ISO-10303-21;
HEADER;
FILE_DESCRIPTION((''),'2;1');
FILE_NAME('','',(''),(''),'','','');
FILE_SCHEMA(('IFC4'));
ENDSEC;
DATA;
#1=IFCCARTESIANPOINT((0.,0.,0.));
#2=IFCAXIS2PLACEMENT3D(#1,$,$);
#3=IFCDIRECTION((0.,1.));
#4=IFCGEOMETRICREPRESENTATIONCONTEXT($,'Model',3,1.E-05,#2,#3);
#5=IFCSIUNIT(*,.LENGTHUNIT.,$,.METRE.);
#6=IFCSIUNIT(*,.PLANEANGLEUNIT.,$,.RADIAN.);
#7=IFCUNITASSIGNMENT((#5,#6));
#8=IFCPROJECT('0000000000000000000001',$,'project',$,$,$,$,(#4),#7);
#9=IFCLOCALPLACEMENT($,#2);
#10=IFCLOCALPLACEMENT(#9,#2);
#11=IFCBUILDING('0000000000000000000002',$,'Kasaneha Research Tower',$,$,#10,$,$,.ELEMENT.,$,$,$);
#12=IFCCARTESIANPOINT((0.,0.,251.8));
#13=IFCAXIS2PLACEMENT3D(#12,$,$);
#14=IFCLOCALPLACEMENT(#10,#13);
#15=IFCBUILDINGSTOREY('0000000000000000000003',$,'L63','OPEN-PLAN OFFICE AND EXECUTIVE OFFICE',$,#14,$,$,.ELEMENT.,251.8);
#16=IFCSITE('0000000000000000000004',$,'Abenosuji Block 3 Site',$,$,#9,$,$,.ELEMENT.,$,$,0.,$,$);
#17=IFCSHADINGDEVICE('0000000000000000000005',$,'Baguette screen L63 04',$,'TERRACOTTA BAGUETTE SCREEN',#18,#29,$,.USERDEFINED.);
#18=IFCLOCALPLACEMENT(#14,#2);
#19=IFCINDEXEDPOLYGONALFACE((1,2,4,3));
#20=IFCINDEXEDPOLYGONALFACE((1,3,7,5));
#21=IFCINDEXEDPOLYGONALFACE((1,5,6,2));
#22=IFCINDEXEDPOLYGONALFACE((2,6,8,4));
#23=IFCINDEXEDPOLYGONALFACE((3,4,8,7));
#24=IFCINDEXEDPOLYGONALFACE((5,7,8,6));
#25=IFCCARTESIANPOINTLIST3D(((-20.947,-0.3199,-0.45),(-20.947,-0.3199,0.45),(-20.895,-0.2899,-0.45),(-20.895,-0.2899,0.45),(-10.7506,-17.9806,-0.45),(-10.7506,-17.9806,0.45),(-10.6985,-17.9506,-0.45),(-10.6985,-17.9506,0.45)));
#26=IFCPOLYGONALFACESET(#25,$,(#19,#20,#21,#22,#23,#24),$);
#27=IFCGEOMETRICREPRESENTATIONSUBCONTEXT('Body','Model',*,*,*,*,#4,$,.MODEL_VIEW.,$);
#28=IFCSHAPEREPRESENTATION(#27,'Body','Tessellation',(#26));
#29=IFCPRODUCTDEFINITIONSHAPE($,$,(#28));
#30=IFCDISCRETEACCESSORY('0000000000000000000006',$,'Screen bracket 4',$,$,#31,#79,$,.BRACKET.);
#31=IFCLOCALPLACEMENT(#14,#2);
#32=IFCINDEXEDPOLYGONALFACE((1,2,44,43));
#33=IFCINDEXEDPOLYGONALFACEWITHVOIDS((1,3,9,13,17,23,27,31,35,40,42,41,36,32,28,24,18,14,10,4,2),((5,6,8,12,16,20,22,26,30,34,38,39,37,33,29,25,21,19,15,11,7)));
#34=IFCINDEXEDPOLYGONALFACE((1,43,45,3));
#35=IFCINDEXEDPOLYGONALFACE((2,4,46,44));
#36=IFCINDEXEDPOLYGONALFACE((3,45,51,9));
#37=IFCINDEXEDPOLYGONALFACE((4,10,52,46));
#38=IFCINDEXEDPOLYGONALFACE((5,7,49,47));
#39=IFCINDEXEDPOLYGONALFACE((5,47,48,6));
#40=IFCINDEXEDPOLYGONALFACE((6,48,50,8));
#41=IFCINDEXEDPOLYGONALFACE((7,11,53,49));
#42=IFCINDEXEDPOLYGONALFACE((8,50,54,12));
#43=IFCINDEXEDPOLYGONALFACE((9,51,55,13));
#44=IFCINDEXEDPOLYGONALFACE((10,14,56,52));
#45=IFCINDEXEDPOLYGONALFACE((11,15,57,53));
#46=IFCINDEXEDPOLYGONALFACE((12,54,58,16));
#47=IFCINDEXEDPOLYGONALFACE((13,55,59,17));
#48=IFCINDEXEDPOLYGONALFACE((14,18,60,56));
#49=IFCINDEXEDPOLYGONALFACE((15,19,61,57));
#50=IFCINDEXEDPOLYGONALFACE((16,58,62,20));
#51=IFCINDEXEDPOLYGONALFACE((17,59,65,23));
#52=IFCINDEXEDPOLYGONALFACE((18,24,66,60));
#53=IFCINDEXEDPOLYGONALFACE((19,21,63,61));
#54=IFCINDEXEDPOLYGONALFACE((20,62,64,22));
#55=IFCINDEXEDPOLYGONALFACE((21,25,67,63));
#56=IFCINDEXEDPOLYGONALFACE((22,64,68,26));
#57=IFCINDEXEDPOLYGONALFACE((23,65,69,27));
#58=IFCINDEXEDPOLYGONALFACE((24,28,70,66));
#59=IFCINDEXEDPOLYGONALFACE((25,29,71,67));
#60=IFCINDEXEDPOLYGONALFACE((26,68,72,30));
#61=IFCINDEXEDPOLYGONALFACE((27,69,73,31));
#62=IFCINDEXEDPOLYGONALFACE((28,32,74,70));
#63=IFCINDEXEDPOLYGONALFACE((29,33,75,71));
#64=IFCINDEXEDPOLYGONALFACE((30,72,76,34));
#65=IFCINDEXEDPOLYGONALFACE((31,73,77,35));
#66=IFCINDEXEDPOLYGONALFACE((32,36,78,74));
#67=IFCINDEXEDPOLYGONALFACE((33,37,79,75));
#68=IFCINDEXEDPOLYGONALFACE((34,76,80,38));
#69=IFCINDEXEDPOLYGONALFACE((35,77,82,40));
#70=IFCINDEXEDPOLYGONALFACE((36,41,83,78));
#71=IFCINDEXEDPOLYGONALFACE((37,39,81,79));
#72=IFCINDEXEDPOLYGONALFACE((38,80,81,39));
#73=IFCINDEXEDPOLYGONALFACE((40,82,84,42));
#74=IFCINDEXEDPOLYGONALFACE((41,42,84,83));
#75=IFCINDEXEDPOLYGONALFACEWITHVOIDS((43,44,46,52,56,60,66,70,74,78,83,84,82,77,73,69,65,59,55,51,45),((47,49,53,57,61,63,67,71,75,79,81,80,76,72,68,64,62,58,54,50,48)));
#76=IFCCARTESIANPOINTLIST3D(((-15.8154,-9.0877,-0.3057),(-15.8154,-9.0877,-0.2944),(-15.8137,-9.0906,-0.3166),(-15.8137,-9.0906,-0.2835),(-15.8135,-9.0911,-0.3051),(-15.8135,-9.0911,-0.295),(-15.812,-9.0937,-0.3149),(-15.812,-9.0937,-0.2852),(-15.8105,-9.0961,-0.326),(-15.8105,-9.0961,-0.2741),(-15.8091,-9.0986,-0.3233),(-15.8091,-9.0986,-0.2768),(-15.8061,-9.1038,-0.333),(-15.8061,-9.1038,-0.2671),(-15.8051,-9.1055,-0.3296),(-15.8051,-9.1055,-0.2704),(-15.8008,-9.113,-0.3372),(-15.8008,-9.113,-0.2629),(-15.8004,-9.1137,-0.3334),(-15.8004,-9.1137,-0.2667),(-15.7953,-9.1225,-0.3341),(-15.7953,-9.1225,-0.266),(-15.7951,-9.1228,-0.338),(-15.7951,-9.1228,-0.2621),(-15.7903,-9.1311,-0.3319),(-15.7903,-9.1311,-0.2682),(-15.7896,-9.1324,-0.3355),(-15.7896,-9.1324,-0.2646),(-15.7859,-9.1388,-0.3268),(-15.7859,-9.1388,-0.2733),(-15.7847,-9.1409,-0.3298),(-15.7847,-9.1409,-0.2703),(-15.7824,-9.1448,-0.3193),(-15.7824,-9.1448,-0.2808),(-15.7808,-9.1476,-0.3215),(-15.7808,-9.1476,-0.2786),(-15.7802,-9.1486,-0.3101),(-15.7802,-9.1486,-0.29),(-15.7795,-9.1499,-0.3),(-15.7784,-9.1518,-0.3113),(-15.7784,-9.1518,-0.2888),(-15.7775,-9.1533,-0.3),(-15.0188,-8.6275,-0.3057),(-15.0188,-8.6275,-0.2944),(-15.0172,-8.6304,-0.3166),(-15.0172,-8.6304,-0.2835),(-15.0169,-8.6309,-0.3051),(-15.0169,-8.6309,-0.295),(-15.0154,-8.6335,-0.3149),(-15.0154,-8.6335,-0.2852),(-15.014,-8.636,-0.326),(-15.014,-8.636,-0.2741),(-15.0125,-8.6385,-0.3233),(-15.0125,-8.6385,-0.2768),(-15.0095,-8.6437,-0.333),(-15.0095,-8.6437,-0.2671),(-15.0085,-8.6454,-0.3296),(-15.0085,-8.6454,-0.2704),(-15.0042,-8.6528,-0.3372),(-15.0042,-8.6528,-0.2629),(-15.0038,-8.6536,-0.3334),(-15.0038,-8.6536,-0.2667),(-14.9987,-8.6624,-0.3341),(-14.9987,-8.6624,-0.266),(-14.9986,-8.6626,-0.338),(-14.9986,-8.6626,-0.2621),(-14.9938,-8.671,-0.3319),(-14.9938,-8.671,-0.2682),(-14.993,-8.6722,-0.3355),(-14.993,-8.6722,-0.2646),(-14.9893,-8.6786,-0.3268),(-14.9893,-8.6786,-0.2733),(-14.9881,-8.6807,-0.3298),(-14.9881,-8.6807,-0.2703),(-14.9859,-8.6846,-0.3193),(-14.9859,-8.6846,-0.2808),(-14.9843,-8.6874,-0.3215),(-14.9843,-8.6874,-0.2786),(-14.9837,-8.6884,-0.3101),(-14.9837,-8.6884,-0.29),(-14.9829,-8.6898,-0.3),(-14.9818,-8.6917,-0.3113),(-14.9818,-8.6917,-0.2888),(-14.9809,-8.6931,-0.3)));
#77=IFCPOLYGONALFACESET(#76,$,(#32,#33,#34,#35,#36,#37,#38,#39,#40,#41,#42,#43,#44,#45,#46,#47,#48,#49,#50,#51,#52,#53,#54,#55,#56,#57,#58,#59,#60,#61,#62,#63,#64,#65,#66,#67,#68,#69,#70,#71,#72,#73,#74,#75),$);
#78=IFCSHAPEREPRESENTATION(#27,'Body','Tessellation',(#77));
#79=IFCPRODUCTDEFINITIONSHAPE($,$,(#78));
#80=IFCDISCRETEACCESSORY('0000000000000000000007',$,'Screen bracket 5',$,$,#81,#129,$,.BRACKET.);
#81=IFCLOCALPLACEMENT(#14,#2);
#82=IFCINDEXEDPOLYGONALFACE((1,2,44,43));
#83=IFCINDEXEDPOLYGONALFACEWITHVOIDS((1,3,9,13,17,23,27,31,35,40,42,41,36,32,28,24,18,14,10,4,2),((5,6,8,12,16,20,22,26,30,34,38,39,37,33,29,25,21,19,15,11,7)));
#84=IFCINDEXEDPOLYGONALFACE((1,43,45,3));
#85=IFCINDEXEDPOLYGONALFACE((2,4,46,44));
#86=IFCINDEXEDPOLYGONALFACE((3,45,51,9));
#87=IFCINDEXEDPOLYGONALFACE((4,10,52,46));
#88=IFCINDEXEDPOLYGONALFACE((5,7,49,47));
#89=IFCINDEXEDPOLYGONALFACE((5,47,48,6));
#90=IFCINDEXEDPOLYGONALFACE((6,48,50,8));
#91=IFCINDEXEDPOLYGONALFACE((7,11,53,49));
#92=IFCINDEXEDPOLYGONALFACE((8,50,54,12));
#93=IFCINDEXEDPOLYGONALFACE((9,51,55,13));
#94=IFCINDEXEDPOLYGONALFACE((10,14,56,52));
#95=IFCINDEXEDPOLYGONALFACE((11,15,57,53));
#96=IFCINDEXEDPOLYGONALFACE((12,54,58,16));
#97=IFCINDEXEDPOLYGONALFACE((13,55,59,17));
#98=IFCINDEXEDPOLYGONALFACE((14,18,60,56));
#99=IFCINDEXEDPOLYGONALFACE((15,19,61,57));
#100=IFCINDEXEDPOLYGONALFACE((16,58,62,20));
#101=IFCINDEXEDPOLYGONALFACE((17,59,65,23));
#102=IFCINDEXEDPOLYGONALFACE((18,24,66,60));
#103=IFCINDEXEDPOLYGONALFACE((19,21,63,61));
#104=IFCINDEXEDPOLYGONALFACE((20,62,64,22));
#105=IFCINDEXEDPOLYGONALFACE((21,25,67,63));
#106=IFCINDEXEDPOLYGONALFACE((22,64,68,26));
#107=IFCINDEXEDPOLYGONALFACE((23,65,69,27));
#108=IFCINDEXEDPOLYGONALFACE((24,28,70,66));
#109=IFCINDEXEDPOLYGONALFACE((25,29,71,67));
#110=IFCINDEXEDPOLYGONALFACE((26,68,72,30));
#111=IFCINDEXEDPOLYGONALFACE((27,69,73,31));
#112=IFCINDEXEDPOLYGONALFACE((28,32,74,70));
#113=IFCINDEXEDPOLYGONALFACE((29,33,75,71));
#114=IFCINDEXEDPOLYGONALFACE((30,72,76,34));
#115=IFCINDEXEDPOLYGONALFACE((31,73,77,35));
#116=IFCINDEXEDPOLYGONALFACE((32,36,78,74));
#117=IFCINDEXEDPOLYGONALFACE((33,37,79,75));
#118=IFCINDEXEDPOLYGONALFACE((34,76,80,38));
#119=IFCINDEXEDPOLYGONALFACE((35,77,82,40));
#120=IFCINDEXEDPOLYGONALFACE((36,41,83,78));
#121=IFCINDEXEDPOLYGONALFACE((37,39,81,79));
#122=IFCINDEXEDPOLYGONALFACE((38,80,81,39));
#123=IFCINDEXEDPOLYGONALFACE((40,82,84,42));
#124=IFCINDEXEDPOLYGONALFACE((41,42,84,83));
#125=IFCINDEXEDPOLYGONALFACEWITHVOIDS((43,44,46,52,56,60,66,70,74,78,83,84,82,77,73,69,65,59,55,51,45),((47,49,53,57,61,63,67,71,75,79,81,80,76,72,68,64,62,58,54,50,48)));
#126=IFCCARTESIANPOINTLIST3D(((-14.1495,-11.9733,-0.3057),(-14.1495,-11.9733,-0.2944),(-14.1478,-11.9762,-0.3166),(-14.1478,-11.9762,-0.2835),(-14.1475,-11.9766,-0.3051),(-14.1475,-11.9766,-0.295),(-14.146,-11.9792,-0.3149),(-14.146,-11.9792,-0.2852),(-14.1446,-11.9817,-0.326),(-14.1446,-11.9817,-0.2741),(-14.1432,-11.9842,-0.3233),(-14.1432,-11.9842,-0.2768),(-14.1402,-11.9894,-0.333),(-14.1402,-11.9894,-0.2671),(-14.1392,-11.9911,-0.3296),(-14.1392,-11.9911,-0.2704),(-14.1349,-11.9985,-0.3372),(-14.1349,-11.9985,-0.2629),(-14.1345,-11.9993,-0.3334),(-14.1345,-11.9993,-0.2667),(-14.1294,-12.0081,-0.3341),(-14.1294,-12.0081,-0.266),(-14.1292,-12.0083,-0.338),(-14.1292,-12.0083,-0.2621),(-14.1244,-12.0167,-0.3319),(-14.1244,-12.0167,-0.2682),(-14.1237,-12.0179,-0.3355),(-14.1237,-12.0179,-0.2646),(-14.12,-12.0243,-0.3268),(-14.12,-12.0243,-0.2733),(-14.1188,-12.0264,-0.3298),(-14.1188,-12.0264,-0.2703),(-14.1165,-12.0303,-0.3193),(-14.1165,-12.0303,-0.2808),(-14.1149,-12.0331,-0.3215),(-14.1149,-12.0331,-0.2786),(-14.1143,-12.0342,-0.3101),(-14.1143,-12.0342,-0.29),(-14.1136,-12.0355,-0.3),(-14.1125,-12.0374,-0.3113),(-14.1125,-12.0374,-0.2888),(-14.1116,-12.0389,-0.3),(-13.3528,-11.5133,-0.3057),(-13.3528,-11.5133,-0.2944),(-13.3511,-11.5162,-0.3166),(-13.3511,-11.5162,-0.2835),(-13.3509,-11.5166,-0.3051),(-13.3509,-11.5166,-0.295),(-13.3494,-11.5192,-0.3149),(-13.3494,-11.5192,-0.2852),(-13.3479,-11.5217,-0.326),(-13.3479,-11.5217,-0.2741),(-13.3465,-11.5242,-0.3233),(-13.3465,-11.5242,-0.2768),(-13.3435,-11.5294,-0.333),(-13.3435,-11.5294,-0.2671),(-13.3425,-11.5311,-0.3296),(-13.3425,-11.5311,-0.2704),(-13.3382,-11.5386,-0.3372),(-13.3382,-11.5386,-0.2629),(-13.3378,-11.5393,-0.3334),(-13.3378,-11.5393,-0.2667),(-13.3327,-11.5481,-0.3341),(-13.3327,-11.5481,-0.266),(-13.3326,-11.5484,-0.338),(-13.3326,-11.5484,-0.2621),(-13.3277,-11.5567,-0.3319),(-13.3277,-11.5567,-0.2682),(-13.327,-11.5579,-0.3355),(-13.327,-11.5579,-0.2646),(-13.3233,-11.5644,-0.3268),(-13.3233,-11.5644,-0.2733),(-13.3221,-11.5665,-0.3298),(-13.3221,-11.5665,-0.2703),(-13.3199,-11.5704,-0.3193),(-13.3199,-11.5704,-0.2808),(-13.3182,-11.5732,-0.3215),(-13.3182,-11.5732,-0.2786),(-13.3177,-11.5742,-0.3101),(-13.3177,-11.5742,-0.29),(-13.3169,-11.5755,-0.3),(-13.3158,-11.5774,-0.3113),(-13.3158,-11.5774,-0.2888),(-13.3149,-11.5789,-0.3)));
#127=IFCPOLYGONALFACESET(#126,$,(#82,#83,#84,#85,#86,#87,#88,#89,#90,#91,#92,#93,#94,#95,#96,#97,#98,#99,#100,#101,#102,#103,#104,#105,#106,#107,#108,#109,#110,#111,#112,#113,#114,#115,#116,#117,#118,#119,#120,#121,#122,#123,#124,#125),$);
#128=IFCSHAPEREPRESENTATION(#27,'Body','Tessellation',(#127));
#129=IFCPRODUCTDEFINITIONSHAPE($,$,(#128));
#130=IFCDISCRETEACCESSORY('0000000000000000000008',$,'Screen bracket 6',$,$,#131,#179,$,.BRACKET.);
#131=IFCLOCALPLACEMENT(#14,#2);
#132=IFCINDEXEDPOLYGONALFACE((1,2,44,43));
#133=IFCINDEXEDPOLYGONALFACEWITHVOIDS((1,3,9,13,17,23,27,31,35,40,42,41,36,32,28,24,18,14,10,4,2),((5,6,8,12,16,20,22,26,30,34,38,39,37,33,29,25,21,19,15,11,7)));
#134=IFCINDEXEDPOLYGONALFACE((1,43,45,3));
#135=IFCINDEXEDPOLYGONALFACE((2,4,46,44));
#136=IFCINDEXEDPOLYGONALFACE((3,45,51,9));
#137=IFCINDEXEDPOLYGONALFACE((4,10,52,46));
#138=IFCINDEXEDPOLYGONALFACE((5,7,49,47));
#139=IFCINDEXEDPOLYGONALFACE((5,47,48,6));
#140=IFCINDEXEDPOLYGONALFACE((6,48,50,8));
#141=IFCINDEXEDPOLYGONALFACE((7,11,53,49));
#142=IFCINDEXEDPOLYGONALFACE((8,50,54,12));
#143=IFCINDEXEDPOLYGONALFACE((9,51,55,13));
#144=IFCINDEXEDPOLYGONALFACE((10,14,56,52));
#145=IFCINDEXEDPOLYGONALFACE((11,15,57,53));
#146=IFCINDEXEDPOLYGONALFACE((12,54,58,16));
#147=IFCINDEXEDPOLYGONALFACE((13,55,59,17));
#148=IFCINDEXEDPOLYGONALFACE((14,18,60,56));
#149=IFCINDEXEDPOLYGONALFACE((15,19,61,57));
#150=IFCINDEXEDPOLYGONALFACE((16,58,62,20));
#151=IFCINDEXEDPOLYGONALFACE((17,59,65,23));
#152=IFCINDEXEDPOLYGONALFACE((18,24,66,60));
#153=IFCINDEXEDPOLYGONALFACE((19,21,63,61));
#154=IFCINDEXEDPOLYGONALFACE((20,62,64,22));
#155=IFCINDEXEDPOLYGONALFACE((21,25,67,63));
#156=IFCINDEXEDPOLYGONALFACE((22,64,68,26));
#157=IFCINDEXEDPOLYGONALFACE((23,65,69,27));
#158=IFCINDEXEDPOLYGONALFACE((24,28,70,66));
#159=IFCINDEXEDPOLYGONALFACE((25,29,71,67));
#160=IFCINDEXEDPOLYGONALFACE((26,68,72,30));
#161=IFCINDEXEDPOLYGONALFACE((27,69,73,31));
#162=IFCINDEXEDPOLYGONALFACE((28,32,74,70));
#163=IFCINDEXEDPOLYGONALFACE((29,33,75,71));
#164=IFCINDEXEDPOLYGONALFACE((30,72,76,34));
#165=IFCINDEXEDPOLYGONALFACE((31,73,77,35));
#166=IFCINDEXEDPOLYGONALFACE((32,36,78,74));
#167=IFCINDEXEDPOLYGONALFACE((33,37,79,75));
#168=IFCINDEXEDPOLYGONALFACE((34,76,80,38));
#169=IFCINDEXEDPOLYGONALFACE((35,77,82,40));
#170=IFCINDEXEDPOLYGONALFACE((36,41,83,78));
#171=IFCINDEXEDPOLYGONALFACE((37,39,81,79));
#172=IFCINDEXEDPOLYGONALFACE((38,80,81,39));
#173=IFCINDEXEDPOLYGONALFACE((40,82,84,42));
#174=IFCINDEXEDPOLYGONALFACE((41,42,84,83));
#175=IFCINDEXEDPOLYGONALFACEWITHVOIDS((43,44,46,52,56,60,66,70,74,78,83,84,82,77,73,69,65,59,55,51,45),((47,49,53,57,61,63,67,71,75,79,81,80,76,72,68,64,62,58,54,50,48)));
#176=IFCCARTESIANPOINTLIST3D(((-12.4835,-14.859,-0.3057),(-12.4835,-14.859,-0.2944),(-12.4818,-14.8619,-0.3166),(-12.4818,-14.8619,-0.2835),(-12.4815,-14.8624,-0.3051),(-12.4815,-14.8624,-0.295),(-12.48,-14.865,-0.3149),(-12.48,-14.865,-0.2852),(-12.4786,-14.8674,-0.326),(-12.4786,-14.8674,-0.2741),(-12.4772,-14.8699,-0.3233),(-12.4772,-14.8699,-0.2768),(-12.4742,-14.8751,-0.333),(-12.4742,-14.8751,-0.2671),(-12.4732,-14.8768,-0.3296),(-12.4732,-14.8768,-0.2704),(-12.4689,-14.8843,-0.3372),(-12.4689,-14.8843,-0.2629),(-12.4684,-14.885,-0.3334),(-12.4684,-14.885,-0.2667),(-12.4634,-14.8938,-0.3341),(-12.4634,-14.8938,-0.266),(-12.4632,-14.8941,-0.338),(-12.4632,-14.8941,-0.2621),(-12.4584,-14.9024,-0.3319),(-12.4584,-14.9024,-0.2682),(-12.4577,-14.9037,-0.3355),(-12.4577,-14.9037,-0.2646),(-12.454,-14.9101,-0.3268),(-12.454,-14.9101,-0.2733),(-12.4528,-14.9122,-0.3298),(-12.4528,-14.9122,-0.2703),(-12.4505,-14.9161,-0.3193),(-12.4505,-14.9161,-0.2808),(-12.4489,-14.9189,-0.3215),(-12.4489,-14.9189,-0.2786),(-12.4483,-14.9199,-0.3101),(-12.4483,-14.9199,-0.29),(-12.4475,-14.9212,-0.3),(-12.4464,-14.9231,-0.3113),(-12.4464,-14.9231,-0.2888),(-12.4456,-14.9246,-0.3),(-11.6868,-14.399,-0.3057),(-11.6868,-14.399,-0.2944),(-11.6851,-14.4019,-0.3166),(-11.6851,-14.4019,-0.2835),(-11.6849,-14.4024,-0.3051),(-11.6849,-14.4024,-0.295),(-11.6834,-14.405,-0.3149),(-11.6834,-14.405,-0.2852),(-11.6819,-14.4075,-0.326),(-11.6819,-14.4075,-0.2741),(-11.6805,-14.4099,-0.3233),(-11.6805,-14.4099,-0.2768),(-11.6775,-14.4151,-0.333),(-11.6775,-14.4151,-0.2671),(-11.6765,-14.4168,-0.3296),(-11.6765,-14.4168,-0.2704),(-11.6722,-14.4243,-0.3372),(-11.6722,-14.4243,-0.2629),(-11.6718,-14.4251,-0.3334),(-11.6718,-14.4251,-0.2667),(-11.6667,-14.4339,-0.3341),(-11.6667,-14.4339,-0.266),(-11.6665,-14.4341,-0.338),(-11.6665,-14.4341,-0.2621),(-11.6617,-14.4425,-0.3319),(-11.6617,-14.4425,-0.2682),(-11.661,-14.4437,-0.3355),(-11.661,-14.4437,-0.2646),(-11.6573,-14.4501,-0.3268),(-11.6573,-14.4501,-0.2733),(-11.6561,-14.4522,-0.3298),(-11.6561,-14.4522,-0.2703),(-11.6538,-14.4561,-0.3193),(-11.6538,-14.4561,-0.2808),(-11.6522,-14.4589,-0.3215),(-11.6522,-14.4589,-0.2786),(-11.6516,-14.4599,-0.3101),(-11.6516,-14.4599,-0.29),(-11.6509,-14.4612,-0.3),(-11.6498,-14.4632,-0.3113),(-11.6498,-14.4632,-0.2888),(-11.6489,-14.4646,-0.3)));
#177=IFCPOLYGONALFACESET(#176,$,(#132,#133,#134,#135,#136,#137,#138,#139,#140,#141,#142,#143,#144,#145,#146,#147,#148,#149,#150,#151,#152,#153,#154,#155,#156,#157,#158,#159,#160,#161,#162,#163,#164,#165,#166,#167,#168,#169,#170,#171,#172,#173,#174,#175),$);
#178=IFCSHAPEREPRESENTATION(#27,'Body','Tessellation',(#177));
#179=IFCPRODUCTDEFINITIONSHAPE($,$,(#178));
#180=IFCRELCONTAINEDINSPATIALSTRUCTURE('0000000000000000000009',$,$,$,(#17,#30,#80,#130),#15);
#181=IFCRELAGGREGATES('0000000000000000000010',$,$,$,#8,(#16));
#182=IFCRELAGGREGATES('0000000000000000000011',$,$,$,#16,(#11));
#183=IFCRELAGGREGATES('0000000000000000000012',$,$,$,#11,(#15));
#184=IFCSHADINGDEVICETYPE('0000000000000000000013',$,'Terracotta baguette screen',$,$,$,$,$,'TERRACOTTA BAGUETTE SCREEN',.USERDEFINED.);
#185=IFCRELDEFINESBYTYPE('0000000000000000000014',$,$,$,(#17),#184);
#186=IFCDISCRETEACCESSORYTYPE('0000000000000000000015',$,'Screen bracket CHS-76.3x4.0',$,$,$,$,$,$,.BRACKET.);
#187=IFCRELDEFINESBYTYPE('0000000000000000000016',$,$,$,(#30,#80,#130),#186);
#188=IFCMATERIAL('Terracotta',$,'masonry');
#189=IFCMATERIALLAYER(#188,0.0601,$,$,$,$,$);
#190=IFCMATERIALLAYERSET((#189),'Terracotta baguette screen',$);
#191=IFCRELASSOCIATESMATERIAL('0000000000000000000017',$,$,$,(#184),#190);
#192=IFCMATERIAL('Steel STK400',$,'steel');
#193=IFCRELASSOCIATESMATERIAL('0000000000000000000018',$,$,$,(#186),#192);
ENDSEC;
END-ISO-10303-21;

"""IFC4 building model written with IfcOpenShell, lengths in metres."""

from ifc_helpers import new_model, si_unit, direction, frame, origin, origin_2d, place, context, subcontext, project, spatial, rectangle, hollow_circle, extrude, material, layer, layer_set, material_profile, profile_set, type_object, element, save


model = new_model("IFC4")

# Units and contexts
model_context = context("Model", 3, precision=1e-05, world=origin(), true_north=direction((0.0, 1.0)))
body_context = subcontext(model_context, "Body", "Model", "MODEL_VIEW")
ifc_project = project(units=[si_unit("LENGTHUNIT", "METRE"), si_unit("PLANEANGLEUNIT", "RADIAN")], contexts=[model_context])

# Site, building, storey
site_placement = place(None, origin())
site = spatial("IfcSite", under=ifc_project, at=site_placement, Name="Abenosuji Block 3 Site", CompositionType="ELEMENT", RefElevation=0.0)
building_placement = place(site_placement, origin())
building = spatial("IfcBuilding", under=site, at=building_placement, Name="Kasaneha Research Tower", CompositionType="ELEMENT")
storey_placement = place(building_placement, frame((0.0, 0.0, 251.8)))
storey = spatial("IfcBuildingStorey", under=building, at=storey_placement, Name="L63", Description="OPEN-PLAN OFFICE AND EXECUTIVE OFFICE", CompositionType="ELEMENT", Elevation=251.8)

# Shading device
ifc_material_1 = material(Name="Terracotta", Category="masonry")
ifc_layer_1 = layer(ifc_material_1, 0.0601)
ifc_layer_set_1 = layer_set([ifc_layer_1], Name="Terracotta baguette screen")
shading_device_type = type_object("IfcShadingDeviceType", Name="Terracotta baguette screen", ElementType="TERRACOTTA BAGUETTE SCREEN", PredefinedType="USERDEFINED", material=ifc_layer_set_1)
shading_device_placement = place(storey_placement, frame((-15.8228, -9.1353, -0.45), z_axis=(0.0, 0.0, 1.0), x_axis=(0.5, -0.866025, 0.0)))
element("IfcShadingDevice", 1, at=shading_device_placement, inside=storey, type_object=shading_device_type, Name="Baguette screen L63 04", ObjectType="TERRACOTTA BAGUETTE SCREEN", PredefinedType="USERDEFINED", context=body_context, shape_type="SweptSolid", body=[
    extrude(rectangle(XDim=20.3928, YDim=0.0601, at=origin_2d()), origin(), (0.0, 0.0, 1.0), 0.8999),
])

# Discrete accessories
ifc_material_2 = material(Name="Steel STK400", Category="steel")
ifc_material_profile_1 = material_profile(ifc_material_2, hollow_circle(Radius=0.0381, WallThickness=0.0039, at=origin_2d()), Name="CHS-76.3x4.0")
ifc_profile_set_1 = profile_set([ifc_material_profile_1], Name="Steel STK400")
discrete_accessory_type = type_object("IfcDiscreteAccessoryType", Name="Screen bracket CHS-76.3x4.0", PredefinedType="BRACKET", material=ifc_profile_set_1)
for number, where, z_axis, x_axis, name in (
    (2, (-15.0, -8.6602, -0.3), (-0.865898, -0.50022, 0.0), (0.50022, -0.865898, 0.0), "Screen bracket 4"),
    (3, (-13.334, -11.5459, -0.3), (-0.866013, -0.500021, 0.0), (0.500021, -0.866013, 0.0), "Screen bracket 5"),
    (4, (-11.668, -14.4316, -0.3), (-0.866013, -0.500021, 0.0), (0.500021, -0.866013, 0.0), "Screen bracket 6"),
):
    element("IfcDiscreteAccessory", number, at=place(storey_placement, frame(where, z_axis=z_axis, x_axis=x_axis)), inside=storey, type_object=discrete_accessory_type, Name=name, PredefinedType="BRACKET", context=body_context, shape_type="SweptSolid", body=[
        extrude(hollow_circle(Radius=0.0381, WallThickness=0.0039, at=origin_2d()), origin(), (0.0, 0.0, 1.0), 0.9199),
    ])

save(model, "model.ifc")
